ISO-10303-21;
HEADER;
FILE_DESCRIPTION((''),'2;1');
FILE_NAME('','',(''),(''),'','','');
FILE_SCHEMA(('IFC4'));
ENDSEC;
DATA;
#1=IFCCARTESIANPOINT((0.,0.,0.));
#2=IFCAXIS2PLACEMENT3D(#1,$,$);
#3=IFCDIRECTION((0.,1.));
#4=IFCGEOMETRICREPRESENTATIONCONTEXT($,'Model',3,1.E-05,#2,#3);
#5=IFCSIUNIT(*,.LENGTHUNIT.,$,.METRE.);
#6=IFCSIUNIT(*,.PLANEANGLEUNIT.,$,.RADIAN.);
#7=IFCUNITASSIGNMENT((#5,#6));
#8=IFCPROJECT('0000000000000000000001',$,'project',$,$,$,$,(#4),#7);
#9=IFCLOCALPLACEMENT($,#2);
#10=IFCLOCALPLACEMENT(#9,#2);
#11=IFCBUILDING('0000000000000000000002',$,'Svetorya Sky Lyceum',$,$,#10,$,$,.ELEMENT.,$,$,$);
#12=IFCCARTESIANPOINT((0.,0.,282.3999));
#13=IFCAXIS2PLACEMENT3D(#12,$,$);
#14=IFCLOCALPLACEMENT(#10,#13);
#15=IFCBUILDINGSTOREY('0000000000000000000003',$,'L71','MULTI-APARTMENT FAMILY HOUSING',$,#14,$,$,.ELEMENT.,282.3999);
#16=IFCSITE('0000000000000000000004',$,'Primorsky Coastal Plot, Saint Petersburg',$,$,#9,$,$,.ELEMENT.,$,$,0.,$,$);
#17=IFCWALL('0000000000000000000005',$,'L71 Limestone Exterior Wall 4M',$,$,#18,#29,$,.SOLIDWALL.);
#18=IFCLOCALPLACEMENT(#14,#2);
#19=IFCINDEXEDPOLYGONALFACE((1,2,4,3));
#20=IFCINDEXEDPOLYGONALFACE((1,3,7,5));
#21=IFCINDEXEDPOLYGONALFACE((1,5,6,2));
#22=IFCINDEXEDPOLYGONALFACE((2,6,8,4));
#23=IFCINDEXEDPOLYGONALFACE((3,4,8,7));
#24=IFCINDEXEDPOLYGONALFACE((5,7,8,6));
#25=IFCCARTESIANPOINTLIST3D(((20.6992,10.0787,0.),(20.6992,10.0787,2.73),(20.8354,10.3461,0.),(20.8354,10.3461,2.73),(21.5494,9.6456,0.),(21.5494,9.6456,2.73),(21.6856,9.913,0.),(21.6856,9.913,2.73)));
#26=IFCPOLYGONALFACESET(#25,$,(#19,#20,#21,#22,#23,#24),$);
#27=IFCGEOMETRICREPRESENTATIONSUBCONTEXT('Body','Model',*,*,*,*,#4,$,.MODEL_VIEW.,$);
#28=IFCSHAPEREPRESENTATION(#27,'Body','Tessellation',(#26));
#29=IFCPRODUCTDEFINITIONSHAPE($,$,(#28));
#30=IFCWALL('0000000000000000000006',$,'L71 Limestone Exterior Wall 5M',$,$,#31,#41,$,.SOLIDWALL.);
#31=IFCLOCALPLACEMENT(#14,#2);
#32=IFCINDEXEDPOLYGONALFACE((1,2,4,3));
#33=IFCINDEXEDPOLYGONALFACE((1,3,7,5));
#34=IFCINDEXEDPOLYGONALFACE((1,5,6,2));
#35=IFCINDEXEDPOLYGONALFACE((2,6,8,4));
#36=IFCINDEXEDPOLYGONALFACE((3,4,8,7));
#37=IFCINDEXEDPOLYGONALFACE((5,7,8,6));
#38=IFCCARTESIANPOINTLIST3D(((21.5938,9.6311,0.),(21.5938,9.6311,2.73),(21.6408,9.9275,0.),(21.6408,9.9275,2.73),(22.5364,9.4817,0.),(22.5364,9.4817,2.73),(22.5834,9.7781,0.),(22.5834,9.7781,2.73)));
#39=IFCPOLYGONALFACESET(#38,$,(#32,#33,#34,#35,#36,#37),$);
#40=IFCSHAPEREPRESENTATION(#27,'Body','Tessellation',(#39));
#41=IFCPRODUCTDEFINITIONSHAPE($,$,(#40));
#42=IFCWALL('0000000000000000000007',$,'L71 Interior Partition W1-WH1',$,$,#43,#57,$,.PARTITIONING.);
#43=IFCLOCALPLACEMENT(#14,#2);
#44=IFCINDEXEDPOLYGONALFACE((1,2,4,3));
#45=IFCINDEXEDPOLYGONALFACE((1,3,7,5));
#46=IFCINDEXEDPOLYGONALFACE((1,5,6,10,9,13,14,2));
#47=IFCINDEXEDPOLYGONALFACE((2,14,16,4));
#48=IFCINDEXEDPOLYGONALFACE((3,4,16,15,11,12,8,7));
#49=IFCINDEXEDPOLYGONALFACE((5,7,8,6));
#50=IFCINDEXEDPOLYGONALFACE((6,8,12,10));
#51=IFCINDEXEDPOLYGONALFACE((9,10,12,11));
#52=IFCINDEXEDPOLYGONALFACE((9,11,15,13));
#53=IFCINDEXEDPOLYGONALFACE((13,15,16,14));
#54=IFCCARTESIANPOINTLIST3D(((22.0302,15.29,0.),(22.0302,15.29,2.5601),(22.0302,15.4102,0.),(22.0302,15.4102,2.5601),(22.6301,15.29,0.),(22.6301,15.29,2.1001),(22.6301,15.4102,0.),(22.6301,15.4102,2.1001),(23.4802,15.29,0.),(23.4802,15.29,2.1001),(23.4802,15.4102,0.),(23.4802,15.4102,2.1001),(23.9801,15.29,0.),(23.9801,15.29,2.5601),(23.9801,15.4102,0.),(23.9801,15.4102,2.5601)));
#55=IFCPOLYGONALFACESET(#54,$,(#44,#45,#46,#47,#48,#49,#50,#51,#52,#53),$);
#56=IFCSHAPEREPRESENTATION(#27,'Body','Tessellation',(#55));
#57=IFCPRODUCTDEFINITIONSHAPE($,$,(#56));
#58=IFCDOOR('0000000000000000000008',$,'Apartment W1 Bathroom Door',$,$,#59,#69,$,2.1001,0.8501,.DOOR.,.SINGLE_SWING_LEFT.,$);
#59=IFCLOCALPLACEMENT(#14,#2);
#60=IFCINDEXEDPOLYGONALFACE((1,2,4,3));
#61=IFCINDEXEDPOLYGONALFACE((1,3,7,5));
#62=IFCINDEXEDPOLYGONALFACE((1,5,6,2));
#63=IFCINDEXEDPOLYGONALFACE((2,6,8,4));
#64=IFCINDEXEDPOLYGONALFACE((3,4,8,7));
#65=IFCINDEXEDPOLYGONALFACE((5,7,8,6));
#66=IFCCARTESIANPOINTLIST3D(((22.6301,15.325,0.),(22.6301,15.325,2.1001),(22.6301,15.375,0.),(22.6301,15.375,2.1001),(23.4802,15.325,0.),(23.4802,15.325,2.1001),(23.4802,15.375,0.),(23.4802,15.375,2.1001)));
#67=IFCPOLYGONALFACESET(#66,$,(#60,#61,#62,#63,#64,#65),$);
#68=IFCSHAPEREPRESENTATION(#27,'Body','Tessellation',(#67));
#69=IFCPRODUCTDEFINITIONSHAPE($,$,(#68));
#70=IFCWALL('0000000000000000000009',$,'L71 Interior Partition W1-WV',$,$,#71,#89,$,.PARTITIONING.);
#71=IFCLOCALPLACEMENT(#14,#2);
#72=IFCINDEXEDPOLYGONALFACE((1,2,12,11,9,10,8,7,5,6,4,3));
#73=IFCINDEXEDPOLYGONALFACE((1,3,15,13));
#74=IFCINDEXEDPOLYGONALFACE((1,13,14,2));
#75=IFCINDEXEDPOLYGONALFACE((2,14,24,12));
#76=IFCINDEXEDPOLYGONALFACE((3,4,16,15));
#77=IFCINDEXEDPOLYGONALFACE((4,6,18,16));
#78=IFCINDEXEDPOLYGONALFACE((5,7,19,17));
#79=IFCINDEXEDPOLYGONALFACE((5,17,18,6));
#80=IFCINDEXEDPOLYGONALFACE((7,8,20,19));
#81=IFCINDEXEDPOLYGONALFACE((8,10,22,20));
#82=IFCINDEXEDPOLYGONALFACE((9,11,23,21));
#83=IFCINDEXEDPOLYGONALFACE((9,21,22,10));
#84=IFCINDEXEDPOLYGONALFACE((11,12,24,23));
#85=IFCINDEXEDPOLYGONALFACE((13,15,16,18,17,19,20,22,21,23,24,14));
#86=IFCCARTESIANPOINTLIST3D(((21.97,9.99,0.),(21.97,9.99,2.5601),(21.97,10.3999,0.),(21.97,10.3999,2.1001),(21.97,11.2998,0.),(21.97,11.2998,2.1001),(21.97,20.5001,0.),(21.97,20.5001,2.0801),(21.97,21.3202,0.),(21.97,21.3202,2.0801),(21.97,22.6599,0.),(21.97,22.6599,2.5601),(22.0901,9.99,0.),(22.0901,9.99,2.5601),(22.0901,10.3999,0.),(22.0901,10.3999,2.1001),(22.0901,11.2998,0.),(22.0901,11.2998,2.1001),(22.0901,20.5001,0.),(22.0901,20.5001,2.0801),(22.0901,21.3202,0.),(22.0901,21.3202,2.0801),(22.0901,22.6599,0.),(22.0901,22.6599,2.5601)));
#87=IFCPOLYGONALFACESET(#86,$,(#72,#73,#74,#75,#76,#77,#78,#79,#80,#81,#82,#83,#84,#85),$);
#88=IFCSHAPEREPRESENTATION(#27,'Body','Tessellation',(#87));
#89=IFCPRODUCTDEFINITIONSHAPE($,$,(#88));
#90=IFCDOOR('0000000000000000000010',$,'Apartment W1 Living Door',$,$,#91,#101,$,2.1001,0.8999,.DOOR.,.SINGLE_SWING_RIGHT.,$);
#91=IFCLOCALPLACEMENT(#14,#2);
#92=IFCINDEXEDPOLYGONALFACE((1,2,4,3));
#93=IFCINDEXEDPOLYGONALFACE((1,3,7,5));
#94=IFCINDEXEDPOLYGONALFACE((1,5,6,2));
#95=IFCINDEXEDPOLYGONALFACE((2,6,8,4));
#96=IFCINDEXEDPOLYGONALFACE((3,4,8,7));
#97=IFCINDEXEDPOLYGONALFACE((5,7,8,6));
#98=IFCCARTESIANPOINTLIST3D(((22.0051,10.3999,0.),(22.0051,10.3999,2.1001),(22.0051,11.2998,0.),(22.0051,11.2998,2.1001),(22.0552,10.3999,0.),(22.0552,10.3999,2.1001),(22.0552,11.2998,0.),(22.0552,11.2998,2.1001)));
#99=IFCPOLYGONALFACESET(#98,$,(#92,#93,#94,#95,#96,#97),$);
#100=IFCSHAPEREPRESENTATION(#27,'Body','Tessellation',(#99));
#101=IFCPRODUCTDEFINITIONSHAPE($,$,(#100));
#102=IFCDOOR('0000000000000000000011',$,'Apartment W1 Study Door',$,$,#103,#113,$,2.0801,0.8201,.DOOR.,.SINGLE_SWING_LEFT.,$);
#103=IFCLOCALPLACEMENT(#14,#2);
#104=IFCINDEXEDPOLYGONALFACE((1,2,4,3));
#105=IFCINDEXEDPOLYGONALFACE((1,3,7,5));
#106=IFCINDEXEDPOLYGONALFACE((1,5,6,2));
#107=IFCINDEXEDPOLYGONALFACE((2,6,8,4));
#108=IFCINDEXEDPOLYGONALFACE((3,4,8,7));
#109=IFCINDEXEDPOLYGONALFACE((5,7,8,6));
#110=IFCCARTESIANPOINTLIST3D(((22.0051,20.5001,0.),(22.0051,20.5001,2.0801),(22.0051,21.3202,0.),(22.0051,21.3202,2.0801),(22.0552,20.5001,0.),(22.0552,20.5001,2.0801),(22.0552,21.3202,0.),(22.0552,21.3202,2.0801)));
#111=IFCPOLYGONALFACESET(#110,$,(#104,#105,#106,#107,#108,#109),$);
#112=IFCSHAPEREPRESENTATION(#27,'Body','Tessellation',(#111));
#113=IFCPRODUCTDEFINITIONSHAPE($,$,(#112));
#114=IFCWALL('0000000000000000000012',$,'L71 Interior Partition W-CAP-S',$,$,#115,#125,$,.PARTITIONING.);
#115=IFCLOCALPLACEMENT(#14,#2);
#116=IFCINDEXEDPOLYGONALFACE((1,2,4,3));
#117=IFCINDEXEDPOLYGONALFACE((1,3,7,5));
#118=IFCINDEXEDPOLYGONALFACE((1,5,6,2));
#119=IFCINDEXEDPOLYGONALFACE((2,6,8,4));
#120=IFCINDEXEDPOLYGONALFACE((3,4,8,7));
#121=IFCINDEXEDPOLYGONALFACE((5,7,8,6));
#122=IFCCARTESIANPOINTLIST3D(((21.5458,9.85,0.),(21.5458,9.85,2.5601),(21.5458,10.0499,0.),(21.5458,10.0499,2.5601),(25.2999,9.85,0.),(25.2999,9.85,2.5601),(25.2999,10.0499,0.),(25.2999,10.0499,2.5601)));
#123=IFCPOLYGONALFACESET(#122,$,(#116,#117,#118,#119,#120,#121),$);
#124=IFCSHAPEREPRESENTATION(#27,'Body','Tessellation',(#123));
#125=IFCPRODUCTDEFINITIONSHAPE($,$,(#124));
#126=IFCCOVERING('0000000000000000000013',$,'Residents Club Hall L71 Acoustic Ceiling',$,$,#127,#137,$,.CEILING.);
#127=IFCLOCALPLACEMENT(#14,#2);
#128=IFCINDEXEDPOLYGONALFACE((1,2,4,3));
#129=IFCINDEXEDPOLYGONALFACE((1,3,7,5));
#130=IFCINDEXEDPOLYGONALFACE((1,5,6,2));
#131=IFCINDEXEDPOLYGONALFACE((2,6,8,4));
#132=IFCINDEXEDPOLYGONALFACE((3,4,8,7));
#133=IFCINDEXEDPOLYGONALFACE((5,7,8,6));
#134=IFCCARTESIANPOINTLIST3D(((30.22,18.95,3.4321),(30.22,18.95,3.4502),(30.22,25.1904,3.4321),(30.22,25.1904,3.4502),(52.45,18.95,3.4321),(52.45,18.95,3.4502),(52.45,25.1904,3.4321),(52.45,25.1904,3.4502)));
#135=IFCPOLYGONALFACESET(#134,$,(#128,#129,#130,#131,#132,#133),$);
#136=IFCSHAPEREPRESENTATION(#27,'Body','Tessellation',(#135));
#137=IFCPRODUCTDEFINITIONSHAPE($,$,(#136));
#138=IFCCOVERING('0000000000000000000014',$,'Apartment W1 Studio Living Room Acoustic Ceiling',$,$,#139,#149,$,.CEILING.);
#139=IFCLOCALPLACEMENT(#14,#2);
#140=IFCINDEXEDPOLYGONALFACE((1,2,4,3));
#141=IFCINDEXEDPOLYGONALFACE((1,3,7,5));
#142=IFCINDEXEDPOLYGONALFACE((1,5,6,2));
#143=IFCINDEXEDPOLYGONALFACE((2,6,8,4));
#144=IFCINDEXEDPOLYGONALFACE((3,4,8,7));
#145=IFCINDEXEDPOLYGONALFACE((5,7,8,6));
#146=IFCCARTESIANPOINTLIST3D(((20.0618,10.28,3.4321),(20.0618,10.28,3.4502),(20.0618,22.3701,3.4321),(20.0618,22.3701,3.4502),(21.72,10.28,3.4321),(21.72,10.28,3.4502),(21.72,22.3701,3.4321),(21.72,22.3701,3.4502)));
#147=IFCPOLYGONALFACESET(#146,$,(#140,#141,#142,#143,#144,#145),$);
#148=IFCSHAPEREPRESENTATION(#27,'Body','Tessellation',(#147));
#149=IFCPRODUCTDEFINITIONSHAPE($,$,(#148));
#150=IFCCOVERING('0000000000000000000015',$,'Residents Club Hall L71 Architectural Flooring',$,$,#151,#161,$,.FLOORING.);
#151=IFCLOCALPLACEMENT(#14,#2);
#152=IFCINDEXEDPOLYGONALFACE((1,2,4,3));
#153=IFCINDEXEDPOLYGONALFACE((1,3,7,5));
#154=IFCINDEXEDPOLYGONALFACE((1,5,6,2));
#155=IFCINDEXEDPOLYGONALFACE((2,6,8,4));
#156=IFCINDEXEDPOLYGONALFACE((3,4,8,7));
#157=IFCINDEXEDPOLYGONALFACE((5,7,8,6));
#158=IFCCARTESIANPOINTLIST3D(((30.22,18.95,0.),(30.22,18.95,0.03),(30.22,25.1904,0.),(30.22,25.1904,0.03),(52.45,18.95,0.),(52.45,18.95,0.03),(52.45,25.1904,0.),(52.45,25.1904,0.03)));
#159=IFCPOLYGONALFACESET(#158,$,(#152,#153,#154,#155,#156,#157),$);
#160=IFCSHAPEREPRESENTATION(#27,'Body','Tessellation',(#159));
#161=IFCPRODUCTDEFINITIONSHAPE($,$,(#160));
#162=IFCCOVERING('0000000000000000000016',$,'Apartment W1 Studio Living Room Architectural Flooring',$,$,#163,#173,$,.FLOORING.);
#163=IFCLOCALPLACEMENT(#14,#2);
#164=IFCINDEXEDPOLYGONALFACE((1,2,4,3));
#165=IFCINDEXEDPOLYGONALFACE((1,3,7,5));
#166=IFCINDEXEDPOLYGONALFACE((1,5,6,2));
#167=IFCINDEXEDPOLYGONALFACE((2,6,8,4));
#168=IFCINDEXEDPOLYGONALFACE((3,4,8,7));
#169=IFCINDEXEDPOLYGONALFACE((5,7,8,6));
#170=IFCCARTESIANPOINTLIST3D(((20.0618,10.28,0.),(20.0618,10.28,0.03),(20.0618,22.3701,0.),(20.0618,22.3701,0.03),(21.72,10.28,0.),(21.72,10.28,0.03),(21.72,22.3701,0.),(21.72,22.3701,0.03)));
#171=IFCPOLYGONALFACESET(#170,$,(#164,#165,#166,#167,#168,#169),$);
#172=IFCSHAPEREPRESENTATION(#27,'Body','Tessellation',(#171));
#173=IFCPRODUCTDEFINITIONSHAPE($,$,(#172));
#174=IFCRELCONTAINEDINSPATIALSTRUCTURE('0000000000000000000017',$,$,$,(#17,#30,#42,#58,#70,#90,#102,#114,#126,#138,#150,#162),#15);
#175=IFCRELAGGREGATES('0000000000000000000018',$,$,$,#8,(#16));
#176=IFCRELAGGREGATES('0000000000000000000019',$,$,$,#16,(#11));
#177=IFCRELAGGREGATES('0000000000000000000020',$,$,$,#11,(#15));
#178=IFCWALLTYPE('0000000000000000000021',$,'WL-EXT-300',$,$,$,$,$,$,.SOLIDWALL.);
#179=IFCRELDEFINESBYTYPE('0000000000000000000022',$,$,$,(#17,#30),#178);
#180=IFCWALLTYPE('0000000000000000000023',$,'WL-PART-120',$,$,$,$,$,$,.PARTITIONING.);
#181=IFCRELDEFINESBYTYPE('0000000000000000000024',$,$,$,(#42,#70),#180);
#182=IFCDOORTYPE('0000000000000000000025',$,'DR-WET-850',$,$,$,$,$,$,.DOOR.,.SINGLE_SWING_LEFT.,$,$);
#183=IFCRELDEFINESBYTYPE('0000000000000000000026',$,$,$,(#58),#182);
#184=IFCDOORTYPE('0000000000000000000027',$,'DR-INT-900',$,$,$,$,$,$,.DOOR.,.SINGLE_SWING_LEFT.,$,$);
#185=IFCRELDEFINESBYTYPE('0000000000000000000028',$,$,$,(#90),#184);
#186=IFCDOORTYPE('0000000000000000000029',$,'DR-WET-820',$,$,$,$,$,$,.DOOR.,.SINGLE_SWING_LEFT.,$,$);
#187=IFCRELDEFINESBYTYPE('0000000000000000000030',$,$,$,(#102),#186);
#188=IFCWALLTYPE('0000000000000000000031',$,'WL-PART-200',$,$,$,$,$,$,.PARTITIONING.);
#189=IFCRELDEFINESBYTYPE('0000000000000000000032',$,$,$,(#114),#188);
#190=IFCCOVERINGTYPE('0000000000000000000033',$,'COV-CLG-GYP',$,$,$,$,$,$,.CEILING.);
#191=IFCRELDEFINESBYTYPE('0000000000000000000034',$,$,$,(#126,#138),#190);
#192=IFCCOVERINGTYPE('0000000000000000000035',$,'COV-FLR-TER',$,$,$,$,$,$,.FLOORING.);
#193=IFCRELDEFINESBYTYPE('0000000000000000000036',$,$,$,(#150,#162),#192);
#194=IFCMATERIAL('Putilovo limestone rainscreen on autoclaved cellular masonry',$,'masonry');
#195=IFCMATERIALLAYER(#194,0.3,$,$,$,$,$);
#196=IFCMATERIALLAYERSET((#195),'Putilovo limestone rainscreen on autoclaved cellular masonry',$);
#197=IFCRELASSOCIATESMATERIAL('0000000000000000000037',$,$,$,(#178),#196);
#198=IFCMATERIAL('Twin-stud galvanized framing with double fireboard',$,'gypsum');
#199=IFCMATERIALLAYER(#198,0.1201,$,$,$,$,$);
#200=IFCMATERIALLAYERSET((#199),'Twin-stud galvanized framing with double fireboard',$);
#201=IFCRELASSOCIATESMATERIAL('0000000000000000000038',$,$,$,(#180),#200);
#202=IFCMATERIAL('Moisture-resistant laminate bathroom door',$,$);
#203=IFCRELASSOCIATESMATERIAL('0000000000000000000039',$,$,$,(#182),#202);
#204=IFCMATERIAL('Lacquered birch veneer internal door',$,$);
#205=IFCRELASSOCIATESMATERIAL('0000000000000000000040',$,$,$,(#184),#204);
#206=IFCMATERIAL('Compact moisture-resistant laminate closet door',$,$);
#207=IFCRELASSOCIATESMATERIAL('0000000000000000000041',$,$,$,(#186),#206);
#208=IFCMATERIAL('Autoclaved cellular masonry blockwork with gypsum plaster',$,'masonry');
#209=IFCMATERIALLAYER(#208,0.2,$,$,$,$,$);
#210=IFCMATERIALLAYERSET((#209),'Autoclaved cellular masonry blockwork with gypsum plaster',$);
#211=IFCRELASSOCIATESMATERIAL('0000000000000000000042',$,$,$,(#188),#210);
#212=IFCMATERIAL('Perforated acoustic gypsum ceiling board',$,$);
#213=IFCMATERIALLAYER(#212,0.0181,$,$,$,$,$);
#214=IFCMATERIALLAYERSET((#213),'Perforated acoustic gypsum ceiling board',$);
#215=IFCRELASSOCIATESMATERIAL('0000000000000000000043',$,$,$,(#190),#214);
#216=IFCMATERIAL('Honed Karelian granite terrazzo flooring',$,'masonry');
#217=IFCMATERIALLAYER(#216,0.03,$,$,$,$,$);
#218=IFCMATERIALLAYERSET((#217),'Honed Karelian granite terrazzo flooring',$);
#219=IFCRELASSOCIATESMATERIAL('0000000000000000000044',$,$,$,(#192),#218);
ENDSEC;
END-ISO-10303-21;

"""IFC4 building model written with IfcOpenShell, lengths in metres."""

from ifc_helpers import new_model, si_unit, direction, frame, frame_2d, origin, place, context, subcontext, project, spatial, polyline, rectangle, outline, extrude, material, layer, layer_set, type_object, element, fill, save


model = new_model("IFC4")

# Units and contexts
model_context = context("Model", 3, precision=1e-05, world=origin(), true_north=direction((0.0, 1.0)))
body_context = subcontext(model_context, "Body", "Model", "MODEL_VIEW")
ifc_project = project(units=[si_unit("LENGTHUNIT", "METRE"), si_unit("PLANEANGLEUNIT", "RADIAN")], contexts=[model_context])

# Site, building, storey
site_placement = place(None, origin())
site = spatial("IfcSite", under=ifc_project, at=site_placement, Name="Primorsky Coastal Plot, Saint Petersburg", CompositionType="ELEMENT", RefElevation=0.0)
building_placement = place(site_placement, origin())
building = spatial("IfcBuilding", under=site, at=building_placement, Name="Svetorya Sky Lyceum", CompositionType="ELEMENT")
storey_placement = place(building_placement, frame((0.0, 0.0, 282.3999)))
storey = spatial("IfcBuildingStorey", under=building, at=storey_placement, Name="L71", Description="MULTI-APARTMENT FAMILY HOUSING", CompositionType="ELEMENT", Elevation=282.3999)

# Walls
ifc_material_1 = material(Name="Putilovo limestone rainscreen on autoclaved cellular masonry", Category="masonry")
ifc_layer_1 = layer(ifc_material_1, 0.3)
ifc_layer_set_1 = layer_set([ifc_layer_1], Name="Putilovo limestone rainscreen on autoclaved cellular masonry")
wall_type_1 = type_object("IfcWallType", Name="WL-EXT-300", PredefinedType="SOLIDWALL", material=ifc_layer_set_1)
wall_1_placement = place(storey_placement, frame((20.7673, 10.2124, 0.0), z_axis=(0.0, 0.0, 1.0), x_axis=(0.891024, -0.453956, 0.0)))
element("IfcWall", 1, at=wall_1_placement, inside=storey, type_object=wall_type_1, Name="L71 Limestone Exterior Wall 4M", PredefinedType="SOLIDWALL", context=body_context, shape_type="SweptSolid", body=[
    extrude(rectangle(XDim=0.9541, YDim=0.3, at=frame_2d((0.4771, 0.0))), origin(), (0.0, 0.0, 1.0), 2.73),
])
wall_2_placement = place(storey_placement, frame((21.6174, 9.7793, 0.0), z_axis=(0.0, 0.0, 1.0), x_axis=(0.987669, -0.156554, 0.0)))
element("IfcWall", 2, at=wall_2_placement, inside=storey, type_object=wall_type_1, Name="L71 Limestone Exterior Wall 5M", PredefinedType="SOLIDWALL", context=body_context, shape_type="SweptSolid", body=[
    extrude(rectangle(XDim=0.9543, YDim=0.3, at=frame_2d((0.4771, 0.0))), origin(), (0.0, 0.0, 1.0), 2.73),
])

# Wall, opening, door
ifc_material_2 = material(Name="Twin-stud galvanized framing with double fireboard", Category="gypsum")
ifc_layer_2 = layer(ifc_material_2, 0.1201)
ifc_layer_set_2 = layer_set([ifc_layer_2], Name="Twin-stud galvanized framing with double fireboard")
wall_type_2 = type_object("IfcWallType", Name="WL-PART-120", PredefinedType="PARTITIONING", material=ifc_layer_set_2)
wall_3_placement = place(storey_placement, frame((22.03, 15.3501, 0.0), z_axis=(0.0, 0.0, 1.0), x_axis=(1.0, 0.0, 0.0)))
wall_3 = element("IfcWall", 3, at=wall_3_placement, inside=storey, type_object=wall_type_2, Name="L71 Interior Partition W1-WH1", PredefinedType="PARTITIONING", context=body_context, shape_type="SweptSolid", body=[
    extrude(rectangle(XDim=1.95, YDim=0.1201, at=frame_2d((0.9751, 0.0))), origin(), (0.0, 0.0, 1.0), 2.5601),
])
opening_1_placement = place(wall_3_placement, frame((0.6001, 0.0, 0.0)))
opening_1 = element("IfcOpeningElement", 4, at=opening_1_placement, cuts=wall_3, PredefinedType="OPENING", context=body_context, shape_type="SweptSolid", body=[
    extrude(rectangle(XDim=0.8501, YDim=2.1001, at=frame_2d((0.425, 1.05))), frame((0.0, 0.0701, 0.0), z_axis=(0.0, -1.0, 0.0), x_axis=(1.0, 0.0, 0.0)), (0.0, 0.0, 1.0), 0.1401),
])
ifc_material_3 = material(Name="Moisture-resistant laminate bathroom door")
door_type_1 = type_object("IfcDoorType", Name="DR-WET-850", OperationType="SINGLE_SWING_LEFT", PredefinedType="DOOR", material=ifc_material_3)
door_1_placement = place(opening_1_placement, origin())
door_1 = element("IfcDoor", 5, at=door_1_placement, inside=storey, type_object=door_type_1, Name="Apartment W1 Bathroom Door", OperationType="SINGLE_SWING_LEFT", OverallHeight=2.1001, OverallWidth=0.8501, PredefinedType="DOOR", context=body_context, shape_type="SweptSolid", body=[
    extrude(rectangle(XDim=0.8501, YDim=2.1001, at=frame_2d((0.425, 1.05))), frame((0.0, 0.0249, 0.0), z_axis=(0.0, -1.0, 0.0), x_axis=(1.0, 0.0, 0.0)), (0.0, 0.0, 1.0), 0.05),
])
fill(opening_1, door_1)

# Wall, openings, doors
wall_4_placement = place(storey_placement, frame((22.03, 9.99, 0.0), z_axis=(0.0, 0.0, 1.0), x_axis=(0.0, 1.0, 0.0)))
wall_4 = element("IfcWall", 6, at=wall_4_placement, inside=storey, type_object=wall_type_2, Name="L71 Interior Partition W1-WV", PredefinedType="PARTITIONING", context=body_context, shape_type="SweptSolid", body=[
    extrude(rectangle(XDim=12.6699, YDim=0.1201, at=frame_2d((6.335, 0.0))), origin(), (0.0, 0.0, 1.0), 2.5601),
])
opening_2_placement = place(wall_4_placement, frame((0.4099, 0.0, 0.0)))
opening_2 = element("IfcOpeningElement", 7, at=opening_2_placement, cuts=wall_4, PredefinedType="OPENING", context=body_context, shape_type="SweptSolid", body=[
    extrude(rectangle(XDim=0.8999, YDim=2.1001, at=frame_2d((0.45, 1.05))), frame((0.0, 0.0701, 0.0), z_axis=(0.0, -1.0, 0.0), x_axis=(1.0, 0.0, 0.0)), (0.0, 0.0, 1.0), 0.1401),
])
opening_3_placement = place(wall_4_placement, frame((10.51, 0.0, 0.0)))
opening_3 = element("IfcOpeningElement", 8, at=opening_3_placement, cuts=wall_4, PredefinedType="OPENING", context=body_context, shape_type="SweptSolid", body=[
    extrude(rectangle(XDim=0.8201, YDim=2.0801, at=frame_2d((0.4102, 1.04))), frame((0.0, 0.0701, 0.0), z_axis=(0.0, -1.0, 0.0), x_axis=(1.0, 0.0, 0.0)), (0.0, 0.0, 1.0), 0.1401),
])
ifc_material_4 = material(Name="Lacquered birch veneer internal door")
door_type_2 = type_object("IfcDoorType", Name="DR-INT-900", OperationType="SINGLE_SWING_LEFT", PredefinedType="DOOR", material=ifc_material_4)
door_2_placement = place(opening_2_placement, origin())
door_2 = element("IfcDoor", 9, at=door_2_placement, inside=storey, type_object=door_type_2, Name="Apartment W1 Living Door", OperationType="SINGLE_SWING_RIGHT", OverallHeight=2.1001, OverallWidth=0.8999, PredefinedType="DOOR", context=body_context, shape_type="SweptSolid", body=[
    extrude(rectangle(XDim=0.8999, YDim=2.1001, at=frame_2d((0.45, 1.05))), frame((0.0, 0.0249, 0.0), z_axis=(0.0, -1.0, 0.0), x_axis=(1.0, 0.0, 0.0)), (0.0, 0.0, 1.0), 0.05),
])
fill(opening_2, door_2)
ifc_material_5 = material(Name="Compact moisture-resistant laminate closet door")
door_type_3 = type_object("IfcDoorType", Name="DR-WET-820", OperationType="SINGLE_SWING_LEFT", PredefinedType="DOOR", material=ifc_material_5)
door_3_placement = place(opening_3_placement, origin())
door_3 = element("IfcDoor", 10, at=door_3_placement, inside=storey, type_object=door_type_3, Name="Apartment W1 Study Door", OperationType="SINGLE_SWING_LEFT", OverallHeight=2.0801, OverallWidth=0.8201, PredefinedType="DOOR", context=body_context, shape_type="SweptSolid", body=[
    extrude(rectangle(XDim=0.8201, YDim=2.0801, at=frame_2d((0.4102, 1.04))), frame((0.0, 0.0249, 0.0), z_axis=(0.0, -1.0, 0.0), x_axis=(1.0, 0.0, 0.0)), (0.0, 0.0, 1.0), 0.05),
])
fill(opening_3, door_3)

# Wall
ifc_material_6 = material(Name="Autoclaved cellular masonry blockwork with gypsum plaster", Category="masonry")
ifc_layer_3 = layer(ifc_material_6, 0.2)
ifc_layer_set_3 = layer_set([ifc_layer_3], Name="Autoclaved cellular masonry blockwork with gypsum plaster")
wall_type_3 = type_object("IfcWallType", Name="WL-PART-200", PredefinedType="PARTITIONING", material=ifc_layer_set_3)
wall_5_placement = place(storey_placement, frame((21.5459, 9.95, 0.0), z_axis=(0.0, 0.0, 1.0), x_axis=(1.0, 0.0, 0.0)))
element("IfcWall", 11, at=wall_5_placement, inside=storey, type_object=wall_type_3, Name="L71 Interior Partition W-CAP-S", PredefinedType="PARTITIONING", context=body_context, shape_type="SweptSolid", body=[
    extrude(rectangle(XDim=3.7542, YDim=0.2, at=frame_2d((1.877, 0.0))), origin(), (0.0, 0.0, 1.0), 2.5601),
])

# Coverings
ifc_material_7 = material(Name="Perforated acoustic gypsum ceiling board")
ifc_layer_4 = layer(ifc_material_7, 0.0181)
ifc_layer_set_4 = layer_set([ifc_layer_4], Name="Perforated acoustic gypsum ceiling board")
covering_type_1 = type_object("IfcCoveringType", Name="COV-CLG-GYP", PredefinedType="CEILING", material=ifc_layer_set_4)
covering_1_placement = place(storey_placement, frame((0.0, 0.0, 3.4321)))
element("IfcCovering", 12, at=covering_1_placement, inside=storey, type_object=covering_type_1, Name="Residents Club Hall L71 Acoustic Ceiling", PredefinedType="CEILING", context=body_context, shape_type="SweptSolid", body=[
    extrude(outline(polyline([(30.22, 18.95), (52.45, 18.95), (52.45, 25.1904), (30.22, 25.1904), (30.22, 18.95)])), origin(), (0.0, 0.0, 1.0), 0.0181),
])
covering_2_placement = place(storey_placement, frame((0.0, 0.0, 3.4321)))
element("IfcCovering", 13, at=covering_2_placement, inside=storey, type_object=covering_type_1, Name="Apartment W1 Studio Living Room Acoustic Ceiling", PredefinedType="CEILING", context=body_context, shape_type="SweptSolid", body=[
    extrude(outline(polyline([(20.0618, 10.28), (21.72, 10.28), (21.72, 22.3701), (20.0618, 22.3701), (20.0618, 10.28)])), origin(), (0.0, 0.0, 1.0), 0.0181),
])
ifc_material_8 = material(Name="Honed Karelian granite terrazzo flooring", Category="masonry")
ifc_layer_5 = layer(ifc_material_8, 0.03)
ifc_layer_set_5 = layer_set([ifc_layer_5], Name="Honed Karelian granite terrazzo flooring")
covering_type_2 = type_object("IfcCoveringType", Name="COV-FLR-TER", PredefinedType="FLOORING", material=ifc_layer_set_5)
covering_3_placement = place(storey_placement, origin())
element("IfcCovering", 14, at=covering_3_placement, inside=storey, type_object=covering_type_2, Name="Residents Club Hall L71 Architectural Flooring", PredefinedType="FLOORING", context=body_context, shape_type="SweptSolid", body=[
    extrude(outline(polyline([(30.22, 18.95), (52.45, 18.95), (52.45, 25.1904), (30.22, 25.1904), (30.22, 18.95)])), origin(), (0.0, 0.0, 1.0), 0.03),
])
covering_4_placement = place(storey_placement, origin())
element("IfcCovering", 15, at=covering_4_placement, inside=storey, type_object=covering_type_2, Name="Apartment W1 Studio Living Room Architectural Flooring", PredefinedType="FLOORING", context=body_context, shape_type="SweptSolid", body=[
    extrude(outline(polyline([(20.0618, 10.28), (21.72, 10.28), (21.72, 22.3701), (20.0618, 22.3701), (20.0618, 10.28)])), origin(), (0.0, 0.0, 1.0), 0.03),
])

save(model, "model.ifc")
